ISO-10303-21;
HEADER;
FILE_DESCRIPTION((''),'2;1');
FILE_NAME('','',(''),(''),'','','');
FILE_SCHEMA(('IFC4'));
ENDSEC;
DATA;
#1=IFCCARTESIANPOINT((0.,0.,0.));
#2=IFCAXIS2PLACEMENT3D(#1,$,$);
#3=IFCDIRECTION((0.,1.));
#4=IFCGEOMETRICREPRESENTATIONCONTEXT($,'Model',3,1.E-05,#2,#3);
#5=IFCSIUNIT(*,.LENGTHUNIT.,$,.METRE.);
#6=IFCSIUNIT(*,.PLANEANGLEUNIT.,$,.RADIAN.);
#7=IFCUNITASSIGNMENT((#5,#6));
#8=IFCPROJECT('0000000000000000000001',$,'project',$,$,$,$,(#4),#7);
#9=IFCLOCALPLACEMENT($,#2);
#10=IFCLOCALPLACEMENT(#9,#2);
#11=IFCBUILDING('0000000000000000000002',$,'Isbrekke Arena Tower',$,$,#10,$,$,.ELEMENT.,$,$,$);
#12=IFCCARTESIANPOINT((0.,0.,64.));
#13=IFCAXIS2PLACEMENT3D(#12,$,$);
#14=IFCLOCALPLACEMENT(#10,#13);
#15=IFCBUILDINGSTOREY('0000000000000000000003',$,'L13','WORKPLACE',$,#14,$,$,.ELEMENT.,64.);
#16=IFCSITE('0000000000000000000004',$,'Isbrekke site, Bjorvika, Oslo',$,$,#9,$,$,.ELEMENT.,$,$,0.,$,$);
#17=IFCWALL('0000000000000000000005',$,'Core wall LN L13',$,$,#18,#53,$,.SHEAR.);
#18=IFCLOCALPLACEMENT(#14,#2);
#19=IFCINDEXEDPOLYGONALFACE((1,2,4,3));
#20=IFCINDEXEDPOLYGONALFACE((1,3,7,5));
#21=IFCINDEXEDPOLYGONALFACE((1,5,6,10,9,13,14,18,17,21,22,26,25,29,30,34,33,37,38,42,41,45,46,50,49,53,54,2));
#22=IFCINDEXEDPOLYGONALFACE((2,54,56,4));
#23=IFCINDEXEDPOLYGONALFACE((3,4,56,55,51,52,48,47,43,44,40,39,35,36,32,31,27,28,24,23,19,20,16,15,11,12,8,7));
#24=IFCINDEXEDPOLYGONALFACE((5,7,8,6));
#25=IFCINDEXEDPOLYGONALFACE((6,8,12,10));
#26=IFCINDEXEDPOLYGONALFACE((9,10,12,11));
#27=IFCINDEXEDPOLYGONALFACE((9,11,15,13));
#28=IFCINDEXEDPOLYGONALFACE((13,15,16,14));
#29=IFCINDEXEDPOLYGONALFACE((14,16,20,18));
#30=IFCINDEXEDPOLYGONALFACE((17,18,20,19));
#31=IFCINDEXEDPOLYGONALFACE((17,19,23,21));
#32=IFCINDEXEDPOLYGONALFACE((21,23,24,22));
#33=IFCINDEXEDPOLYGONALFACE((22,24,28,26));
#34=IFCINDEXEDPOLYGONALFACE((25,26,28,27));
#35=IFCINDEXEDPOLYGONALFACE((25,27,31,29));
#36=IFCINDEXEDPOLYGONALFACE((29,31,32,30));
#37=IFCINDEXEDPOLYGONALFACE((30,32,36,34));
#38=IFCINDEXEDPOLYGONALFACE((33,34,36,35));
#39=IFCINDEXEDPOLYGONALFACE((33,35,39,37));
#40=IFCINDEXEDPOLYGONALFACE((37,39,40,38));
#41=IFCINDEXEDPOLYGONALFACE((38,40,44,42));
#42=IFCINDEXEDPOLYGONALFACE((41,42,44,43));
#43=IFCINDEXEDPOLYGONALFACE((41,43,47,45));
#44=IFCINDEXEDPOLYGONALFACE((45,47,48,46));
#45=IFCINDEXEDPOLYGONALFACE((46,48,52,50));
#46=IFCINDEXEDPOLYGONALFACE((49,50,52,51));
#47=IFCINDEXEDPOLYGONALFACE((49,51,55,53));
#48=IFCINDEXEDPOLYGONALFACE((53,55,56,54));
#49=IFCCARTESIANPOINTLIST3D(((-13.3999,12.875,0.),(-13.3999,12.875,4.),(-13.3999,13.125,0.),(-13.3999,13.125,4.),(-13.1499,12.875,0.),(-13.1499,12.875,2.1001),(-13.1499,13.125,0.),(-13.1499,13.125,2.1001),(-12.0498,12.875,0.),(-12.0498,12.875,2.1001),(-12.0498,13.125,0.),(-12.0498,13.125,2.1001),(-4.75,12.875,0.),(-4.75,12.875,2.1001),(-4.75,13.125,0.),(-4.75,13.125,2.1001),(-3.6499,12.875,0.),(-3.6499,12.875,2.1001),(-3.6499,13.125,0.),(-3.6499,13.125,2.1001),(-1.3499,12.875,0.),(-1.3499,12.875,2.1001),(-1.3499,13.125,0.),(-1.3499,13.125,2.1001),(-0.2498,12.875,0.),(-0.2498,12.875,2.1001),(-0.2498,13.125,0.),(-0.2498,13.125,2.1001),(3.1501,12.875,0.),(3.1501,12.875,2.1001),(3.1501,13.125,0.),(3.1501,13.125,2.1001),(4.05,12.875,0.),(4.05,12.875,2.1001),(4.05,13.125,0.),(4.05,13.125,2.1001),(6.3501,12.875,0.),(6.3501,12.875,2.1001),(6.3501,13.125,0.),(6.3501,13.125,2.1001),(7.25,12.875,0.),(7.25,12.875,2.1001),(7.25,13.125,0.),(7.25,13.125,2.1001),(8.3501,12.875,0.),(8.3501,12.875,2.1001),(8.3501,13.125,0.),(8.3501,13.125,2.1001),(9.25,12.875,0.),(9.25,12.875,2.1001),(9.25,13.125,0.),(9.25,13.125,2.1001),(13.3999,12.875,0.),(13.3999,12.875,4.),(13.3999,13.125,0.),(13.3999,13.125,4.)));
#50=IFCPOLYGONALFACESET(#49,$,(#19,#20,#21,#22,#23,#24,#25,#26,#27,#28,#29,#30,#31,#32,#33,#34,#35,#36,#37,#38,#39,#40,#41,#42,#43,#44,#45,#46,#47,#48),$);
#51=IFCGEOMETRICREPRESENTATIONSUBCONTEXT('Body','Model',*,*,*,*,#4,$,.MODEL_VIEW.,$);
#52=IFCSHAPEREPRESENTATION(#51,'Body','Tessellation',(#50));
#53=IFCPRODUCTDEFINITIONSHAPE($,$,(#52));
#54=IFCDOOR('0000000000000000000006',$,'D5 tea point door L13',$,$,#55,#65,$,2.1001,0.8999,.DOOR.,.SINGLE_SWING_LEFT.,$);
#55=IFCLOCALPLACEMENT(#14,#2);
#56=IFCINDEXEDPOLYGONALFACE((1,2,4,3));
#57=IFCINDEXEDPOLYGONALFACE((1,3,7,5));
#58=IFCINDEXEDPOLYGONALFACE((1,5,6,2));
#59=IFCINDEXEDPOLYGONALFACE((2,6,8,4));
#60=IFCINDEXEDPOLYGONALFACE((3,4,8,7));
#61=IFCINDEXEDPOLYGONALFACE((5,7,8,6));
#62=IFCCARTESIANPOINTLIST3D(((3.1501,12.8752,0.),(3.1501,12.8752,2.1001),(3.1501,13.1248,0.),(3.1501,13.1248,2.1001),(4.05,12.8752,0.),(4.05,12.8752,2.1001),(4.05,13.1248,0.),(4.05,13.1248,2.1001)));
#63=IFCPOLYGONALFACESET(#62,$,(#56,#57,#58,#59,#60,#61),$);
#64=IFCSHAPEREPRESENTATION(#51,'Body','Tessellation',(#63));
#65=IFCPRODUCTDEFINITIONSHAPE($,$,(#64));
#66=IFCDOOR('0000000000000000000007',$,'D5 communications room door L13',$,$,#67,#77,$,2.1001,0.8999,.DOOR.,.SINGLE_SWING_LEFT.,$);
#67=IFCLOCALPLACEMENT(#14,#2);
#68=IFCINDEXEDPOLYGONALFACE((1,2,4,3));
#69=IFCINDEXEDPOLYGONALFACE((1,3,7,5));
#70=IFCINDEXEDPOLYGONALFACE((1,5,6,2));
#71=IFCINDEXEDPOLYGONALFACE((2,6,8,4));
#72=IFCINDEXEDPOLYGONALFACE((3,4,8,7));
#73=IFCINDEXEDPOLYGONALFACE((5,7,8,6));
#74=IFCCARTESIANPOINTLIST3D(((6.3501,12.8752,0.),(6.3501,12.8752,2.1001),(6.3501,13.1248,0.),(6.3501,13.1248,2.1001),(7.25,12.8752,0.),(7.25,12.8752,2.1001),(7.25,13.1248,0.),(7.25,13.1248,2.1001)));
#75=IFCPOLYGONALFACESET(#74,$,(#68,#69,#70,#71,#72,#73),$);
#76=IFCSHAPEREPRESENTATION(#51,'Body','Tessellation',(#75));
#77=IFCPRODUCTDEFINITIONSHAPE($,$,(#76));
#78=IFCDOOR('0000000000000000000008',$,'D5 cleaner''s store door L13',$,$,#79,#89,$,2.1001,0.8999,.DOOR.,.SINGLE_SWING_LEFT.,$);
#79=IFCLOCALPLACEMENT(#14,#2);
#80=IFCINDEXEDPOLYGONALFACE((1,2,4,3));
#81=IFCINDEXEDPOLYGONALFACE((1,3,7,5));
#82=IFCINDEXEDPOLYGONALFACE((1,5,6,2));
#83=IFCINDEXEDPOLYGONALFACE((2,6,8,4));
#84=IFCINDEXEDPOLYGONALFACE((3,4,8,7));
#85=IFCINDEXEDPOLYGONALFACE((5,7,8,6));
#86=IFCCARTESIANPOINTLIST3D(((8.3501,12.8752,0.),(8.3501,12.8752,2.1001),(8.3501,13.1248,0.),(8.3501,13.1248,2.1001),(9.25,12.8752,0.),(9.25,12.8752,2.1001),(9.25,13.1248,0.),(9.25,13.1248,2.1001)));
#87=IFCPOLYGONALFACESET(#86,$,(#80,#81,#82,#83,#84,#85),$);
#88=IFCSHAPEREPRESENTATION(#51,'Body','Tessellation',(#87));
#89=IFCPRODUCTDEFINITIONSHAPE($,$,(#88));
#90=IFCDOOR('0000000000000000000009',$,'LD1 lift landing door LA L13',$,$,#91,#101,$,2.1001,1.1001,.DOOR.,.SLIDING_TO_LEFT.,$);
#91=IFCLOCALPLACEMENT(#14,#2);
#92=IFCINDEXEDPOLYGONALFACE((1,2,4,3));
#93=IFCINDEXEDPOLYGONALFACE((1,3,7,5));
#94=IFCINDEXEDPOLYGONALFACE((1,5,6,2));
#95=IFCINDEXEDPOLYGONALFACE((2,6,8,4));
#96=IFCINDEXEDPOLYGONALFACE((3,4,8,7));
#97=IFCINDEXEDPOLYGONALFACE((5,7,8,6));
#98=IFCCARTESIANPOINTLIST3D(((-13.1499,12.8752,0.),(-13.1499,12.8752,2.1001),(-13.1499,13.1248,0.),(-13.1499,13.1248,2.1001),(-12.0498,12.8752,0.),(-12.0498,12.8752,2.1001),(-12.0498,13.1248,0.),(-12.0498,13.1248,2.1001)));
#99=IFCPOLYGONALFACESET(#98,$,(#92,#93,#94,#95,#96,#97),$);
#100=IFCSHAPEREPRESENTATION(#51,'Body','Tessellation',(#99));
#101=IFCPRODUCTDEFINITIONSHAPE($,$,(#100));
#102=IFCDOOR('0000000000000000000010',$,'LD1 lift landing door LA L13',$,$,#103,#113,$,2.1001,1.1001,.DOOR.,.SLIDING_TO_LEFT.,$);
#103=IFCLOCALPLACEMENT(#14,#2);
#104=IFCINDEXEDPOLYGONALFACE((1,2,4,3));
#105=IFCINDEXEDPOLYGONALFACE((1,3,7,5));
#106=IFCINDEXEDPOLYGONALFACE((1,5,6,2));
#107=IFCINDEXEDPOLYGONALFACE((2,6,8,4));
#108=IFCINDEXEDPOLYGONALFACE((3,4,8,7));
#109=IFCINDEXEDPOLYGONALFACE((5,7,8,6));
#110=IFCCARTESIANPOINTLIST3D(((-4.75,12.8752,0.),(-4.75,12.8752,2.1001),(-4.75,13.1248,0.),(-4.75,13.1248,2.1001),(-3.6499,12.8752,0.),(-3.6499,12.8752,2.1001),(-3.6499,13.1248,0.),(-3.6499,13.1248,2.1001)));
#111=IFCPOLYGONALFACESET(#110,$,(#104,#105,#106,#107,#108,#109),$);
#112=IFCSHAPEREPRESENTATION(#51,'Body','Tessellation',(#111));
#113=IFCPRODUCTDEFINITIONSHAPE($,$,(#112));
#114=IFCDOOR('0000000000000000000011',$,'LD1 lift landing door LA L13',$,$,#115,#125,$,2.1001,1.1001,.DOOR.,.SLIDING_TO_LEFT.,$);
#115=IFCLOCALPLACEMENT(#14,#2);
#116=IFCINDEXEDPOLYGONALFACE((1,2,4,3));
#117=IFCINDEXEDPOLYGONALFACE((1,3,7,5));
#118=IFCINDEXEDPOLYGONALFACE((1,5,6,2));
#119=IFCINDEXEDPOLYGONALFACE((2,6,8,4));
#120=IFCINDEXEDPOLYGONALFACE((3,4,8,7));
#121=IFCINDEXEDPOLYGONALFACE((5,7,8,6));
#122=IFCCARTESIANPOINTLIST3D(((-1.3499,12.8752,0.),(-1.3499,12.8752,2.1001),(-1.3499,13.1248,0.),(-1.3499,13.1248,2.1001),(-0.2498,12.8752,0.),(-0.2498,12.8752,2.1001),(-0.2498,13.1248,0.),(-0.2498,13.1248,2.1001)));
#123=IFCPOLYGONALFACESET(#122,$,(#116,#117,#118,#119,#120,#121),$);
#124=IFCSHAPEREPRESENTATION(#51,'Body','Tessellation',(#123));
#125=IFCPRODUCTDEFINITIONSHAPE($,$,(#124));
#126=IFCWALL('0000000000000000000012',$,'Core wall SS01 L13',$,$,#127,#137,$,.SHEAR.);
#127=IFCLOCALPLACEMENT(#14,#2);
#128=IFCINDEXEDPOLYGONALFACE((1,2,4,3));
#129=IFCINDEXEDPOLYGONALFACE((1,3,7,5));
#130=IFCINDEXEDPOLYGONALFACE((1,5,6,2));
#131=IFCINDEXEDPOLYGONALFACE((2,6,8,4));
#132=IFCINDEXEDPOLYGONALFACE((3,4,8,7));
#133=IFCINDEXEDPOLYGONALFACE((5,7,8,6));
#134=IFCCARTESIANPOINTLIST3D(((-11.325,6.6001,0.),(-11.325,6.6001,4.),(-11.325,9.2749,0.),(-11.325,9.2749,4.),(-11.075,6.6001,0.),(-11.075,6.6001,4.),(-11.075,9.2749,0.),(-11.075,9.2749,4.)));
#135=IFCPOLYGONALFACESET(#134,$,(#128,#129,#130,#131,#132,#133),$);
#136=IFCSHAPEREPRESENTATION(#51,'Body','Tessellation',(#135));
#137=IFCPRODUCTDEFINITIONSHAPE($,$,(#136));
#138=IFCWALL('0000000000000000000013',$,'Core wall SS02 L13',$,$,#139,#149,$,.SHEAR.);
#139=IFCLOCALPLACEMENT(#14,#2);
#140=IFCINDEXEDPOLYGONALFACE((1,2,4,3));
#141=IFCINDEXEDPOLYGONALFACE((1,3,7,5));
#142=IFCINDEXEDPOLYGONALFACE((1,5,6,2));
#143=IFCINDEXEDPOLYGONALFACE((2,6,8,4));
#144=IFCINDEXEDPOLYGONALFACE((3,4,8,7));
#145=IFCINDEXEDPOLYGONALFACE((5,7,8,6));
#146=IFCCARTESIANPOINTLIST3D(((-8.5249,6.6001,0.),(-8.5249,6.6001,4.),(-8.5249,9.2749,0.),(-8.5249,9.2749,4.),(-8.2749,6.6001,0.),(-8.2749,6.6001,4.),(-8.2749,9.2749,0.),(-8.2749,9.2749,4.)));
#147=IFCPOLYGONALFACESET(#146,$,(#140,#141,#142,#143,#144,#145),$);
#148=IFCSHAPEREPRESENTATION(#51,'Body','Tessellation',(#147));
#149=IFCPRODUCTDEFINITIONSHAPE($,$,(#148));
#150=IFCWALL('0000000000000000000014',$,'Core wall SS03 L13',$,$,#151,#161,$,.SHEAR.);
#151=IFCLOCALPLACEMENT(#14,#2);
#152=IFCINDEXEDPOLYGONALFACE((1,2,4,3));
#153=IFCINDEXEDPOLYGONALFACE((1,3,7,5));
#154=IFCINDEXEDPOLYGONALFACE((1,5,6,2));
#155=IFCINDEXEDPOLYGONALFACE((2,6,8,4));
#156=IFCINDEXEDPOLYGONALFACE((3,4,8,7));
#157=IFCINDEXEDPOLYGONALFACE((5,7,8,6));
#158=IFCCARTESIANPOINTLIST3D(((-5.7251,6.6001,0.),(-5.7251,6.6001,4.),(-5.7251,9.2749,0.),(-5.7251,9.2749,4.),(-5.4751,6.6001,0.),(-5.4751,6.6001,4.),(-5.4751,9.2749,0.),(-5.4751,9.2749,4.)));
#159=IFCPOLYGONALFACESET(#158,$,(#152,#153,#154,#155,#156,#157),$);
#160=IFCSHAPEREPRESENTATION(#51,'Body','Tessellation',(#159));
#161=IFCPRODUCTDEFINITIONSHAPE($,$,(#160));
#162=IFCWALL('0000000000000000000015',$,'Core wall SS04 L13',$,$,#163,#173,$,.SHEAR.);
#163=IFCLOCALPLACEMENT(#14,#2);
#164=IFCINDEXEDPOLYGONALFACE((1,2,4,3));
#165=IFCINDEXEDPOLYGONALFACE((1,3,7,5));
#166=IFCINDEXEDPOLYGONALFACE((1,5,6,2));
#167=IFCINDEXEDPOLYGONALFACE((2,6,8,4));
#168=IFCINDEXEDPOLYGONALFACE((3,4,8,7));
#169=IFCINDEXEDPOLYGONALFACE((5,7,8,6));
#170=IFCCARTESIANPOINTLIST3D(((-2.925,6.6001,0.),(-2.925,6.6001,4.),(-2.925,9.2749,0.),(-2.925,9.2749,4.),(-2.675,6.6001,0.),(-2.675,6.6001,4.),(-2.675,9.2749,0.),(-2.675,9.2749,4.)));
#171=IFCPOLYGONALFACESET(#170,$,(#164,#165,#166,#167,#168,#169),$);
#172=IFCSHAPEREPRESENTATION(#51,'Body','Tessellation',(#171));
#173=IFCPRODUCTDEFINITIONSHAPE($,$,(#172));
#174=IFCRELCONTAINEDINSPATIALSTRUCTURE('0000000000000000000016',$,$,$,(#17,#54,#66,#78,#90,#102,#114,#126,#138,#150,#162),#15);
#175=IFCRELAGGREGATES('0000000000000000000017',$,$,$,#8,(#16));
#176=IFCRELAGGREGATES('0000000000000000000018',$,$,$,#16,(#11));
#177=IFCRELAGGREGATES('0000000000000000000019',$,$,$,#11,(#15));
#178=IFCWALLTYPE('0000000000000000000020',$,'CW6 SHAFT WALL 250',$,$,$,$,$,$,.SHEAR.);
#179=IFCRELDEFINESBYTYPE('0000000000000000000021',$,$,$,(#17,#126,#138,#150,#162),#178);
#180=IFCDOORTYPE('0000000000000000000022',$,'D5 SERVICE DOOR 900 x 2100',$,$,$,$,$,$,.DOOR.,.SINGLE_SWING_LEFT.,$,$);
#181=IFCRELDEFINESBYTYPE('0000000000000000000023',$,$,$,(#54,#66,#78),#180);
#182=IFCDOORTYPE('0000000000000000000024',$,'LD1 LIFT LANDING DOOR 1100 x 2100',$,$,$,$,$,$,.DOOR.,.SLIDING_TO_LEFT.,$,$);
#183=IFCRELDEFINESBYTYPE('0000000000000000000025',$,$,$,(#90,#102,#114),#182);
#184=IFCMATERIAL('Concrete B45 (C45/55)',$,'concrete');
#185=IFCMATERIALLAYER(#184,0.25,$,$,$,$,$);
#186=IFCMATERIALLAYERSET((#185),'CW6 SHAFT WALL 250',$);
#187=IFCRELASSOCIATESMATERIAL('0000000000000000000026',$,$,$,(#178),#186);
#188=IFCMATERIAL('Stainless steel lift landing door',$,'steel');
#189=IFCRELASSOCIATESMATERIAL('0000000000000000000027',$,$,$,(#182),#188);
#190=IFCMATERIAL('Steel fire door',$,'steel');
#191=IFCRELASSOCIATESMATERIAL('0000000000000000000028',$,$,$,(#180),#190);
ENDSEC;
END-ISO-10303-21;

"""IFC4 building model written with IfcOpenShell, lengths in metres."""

from ifc_helpers import new_model, si_unit, direction, frame, frame_2d, origin, place, context, subcontext, project, spatial, rectangle, extrude, material, layer, layer_set, type_object, element, fill, save


model = new_model("IFC4")

# Units and contexts
model_context = context("Model", 3, precision=1e-05, world=origin(), true_north=direction((0.0, 1.0)))
body_context = subcontext(model_context, "Body", "Model", "MODEL_VIEW")
ifc_project = project(units=[si_unit("LENGTHUNIT", "METRE"), si_unit("PLANEANGLEUNIT", "RADIAN")], contexts=[model_context])

# Site, building, storey
site_placement = place(None, origin())
site = spatial("IfcSite", under=ifc_project, at=site_placement, Name="Isbrekke site, Bjorvika, Oslo", CompositionType="ELEMENT", RefElevation=0.0)
building_placement = place(site_placement, origin())
building = spatial("IfcBuilding", under=site, at=building_placement, Name="Isbrekke Arena Tower", CompositionType="ELEMENT")
storey_placement = place(building_placement, frame((0.0, 0.0, 64.0)))
storey = spatial("IfcBuildingStorey", under=building, at=storey_placement, Name="L13", Description="WORKPLACE", CompositionType="ELEMENT", Elevation=64.0)

# Wall, openings, doors
ifc_material_1 = material(Name="Concrete B45 (C45/55)", Category="concrete")
ifc_layer_1 = layer(ifc_material_1, 0.25)
ifc_layer_set_1 = layer_set([ifc_layer_1], Name="CW6 SHAFT WALL 250")
wall_type_1 = type_object("IfcWallType", Name="CW6 SHAFT WALL 250", PredefinedType="SHEAR", material=ifc_layer_set_1)
ifc_material_2 = material(Name="Stainless steel lift landing door", Category="steel")
door_type_1 = type_object("IfcDoorType", Name="LD1 LIFT LANDING DOOR 1100 x 2100", OperationType="SLIDING_TO_LEFT", PredefinedType="DOOR", material=ifc_material_2)
wall_1_placement = place(storey_placement, frame((-13.3999, 13.0, 0.0), z_axis=(0.0, 0.0, 1.0), x_axis=(1.0, 0.0, 0.0)))
wall_1 = element("IfcWall", 1, at=wall_1_placement, inside=storey, type_object=wall_type_1, Name="Core wall LN L13", PredefinedType="SHEAR", context=body_context, shape_type="SweptSolid", body=[
    extrude(rectangle(XDim=26.7998, YDim=0.25, at=frame_2d((13.3999, 0.0))), origin(), (0.0, 0.0, 1.0), 4.0),
])
opening_1_placement = place(wall_1_placement, frame((0.25, 0.0, 0.0)))
opening_1 = element("IfcOpeningElement", 2, at=opening_1_placement, cuts=wall_1, PredefinedType="OPENING", context=body_context, shape_type="SweptSolid", body=[
    extrude(rectangle(XDim=1.1001, YDim=2.1001, at=frame_2d((0.55, 1.05))), frame((0.0, 0.1399, 0.0), z_axis=(0.0, -1.0, 0.0), x_axis=(1.0, 0.0, 0.0)), (0.0, 0.0, 1.0), 0.2798),
])
opening_2_placement = place(wall_1_placement, frame((8.6499, 0.0, 0.0)))
opening_2 = element("IfcOpeningElement", 3, at=opening_2_placement, cuts=wall_1, PredefinedType="OPENING", context=body_context, shape_type="SweptSolid", body=[
    extrude(rectangle(XDim=1.1001, YDim=2.1001, at=frame_2d((0.55, 1.05))), frame((0.0, 0.1399, 0.0), z_axis=(0.0, -1.0, 0.0), x_axis=(1.0, 0.0, 0.0)), (0.0, 0.0, 1.0), 0.2798),
])
opening_3_placement = place(wall_1_placement, frame((12.05, 0.0, 0.0)))
opening_3 = element("IfcOpeningElement", 4, at=opening_3_placement, cuts=wall_1, PredefinedType="OPENING", context=body_context, shape_type="SweptSolid", body=[
    extrude(rectangle(XDim=1.1001, YDim=2.1001, at=frame_2d((0.55, 1.05))), frame((0.0, 0.1399, 0.0), z_axis=(0.0, -1.0, 0.0), x_axis=(1.0, 0.0, 0.0)), (0.0, 0.0, 1.0), 0.2798),
])
opening_4_placement = place(wall_1_placement, frame((16.55, 0.0, 0.0)))
opening_4 = element("IfcOpeningElement", 5, at=opening_4_placement, cuts=wall_1, PredefinedType="OPENING", context=body_context, shape_type="SweptSolid", body=[
    extrude(rectangle(XDim=0.8999, YDim=2.1001, at=frame_2d((0.45, 1.05))), frame((0.0, 0.1399, 0.0), z_axis=(0.0, -1.0, 0.0), x_axis=(1.0, 0.0, 0.0)), (0.0, 0.0, 1.0), 0.2798),
])
opening_5_placement = place(wall_1_placement, frame((19.75, 0.0, 0.0)))
opening_5 = element("IfcOpeningElement", 6, at=opening_5_placement, cuts=wall_1, PredefinedType="OPENING", context=body_context, shape_type="SweptSolid", body=[
    extrude(rectangle(XDim=0.8999, YDim=2.1001, at=frame_2d((0.45, 1.05))), frame((0.0, 0.1399, 0.0), z_axis=(0.0, -1.0, 0.0), x_axis=(1.0, 0.0, 0.0)), (0.0, 0.0, 1.0), 0.2798),
])
opening_6_placement = place(wall_1_placement, frame((21.75, 0.0, 0.0)))
opening_6 = element("IfcOpeningElement", 7, at=opening_6_placement, cuts=wall_1, PredefinedType="OPENING", context=body_context, shape_type="SweptSolid", body=[
    extrude(rectangle(XDim=0.8999, YDim=2.1001, at=frame_2d((0.45, 1.05))), frame((0.0, 0.1399, 0.0), z_axis=(0.0, -1.0, 0.0), x_axis=(1.0, 0.0, 0.0)), (0.0, 0.0, 1.0), 0.2798),
])
ifc_material_3 = material(Name="Steel fire door", Category="steel")
door_type_2 = type_object("IfcDoorType", Name="D5 SERVICE DOOR 900 x 2100", OperationType="SINGLE_SWING_LEFT", PredefinedType="DOOR", material=ifc_material_3)
door_1_placement = place(opening_4_placement, origin())
door_1 = element("IfcDoor", 8, at=door_1_placement, inside=storey, type_object=door_type_2, Name="D5 tea point door L13", OperationType="SINGLE_SWING_LEFT", OverallHeight=2.1001, OverallWidth=0.8999, PredefinedType="DOOR", context=body_context, shape_type="SweptSolid", body=[
    extrude(rectangle(XDim=0.8999, YDim=2.1001, at=frame_2d((0.45, 1.05))), frame((0.0, 0.1248, 0.0), z_axis=(0.0, -1.0, 0.0), x_axis=(1.0, 0.0, 0.0)), (0.0, 0.0, 1.0), 0.2495),
])
fill(opening_4, door_1)
door_2_placement = place(opening_5_placement, origin())
door_2 = element("IfcDoor", 9, at=door_2_placement, inside=storey, type_object=door_type_2, Name="D5 communications room door L13", OperationType="SINGLE_SWING_LEFT", OverallHeight=2.1001, OverallWidth=0.8999, PredefinedType="DOOR", context=body_context, shape_type="SweptSolid", body=[
    extrude(rectangle(XDim=0.8999, YDim=2.1001, at=frame_2d((0.45, 1.05))), frame((0.0, 0.1248, 0.0), z_axis=(0.0, -1.0, 0.0), x_axis=(1.0, 0.0, 0.0)), (0.0, 0.0, 1.0), 0.2495),
])
fill(opening_5, door_2)
door_3_placement = place(opening_6_placement, origin())
door_3 = element("IfcDoor", 10, at=door_3_placement, inside=storey, type_object=door_type_2, Name="D5 cleaner's store door L13", OperationType="SINGLE_SWING_LEFT", OverallHeight=2.1001, OverallWidth=0.8999, PredefinedType="DOOR", context=body_context, shape_type="SweptSolid", body=[
    extrude(rectangle(XDim=0.8999, YDim=2.1001, at=frame_2d((0.45, 1.05))), frame((0.0, 0.1248, 0.0), z_axis=(0.0, -1.0, 0.0), x_axis=(1.0, 0.0, 0.0)), (0.0, 0.0, 1.0), 0.2495),
])
fill(opening_6, door_3)
door_4_placement = place(opening_1_placement, origin())
door_4 = element("IfcDoor", 11, at=door_4_placement, inside=storey, type_object=door_type_1, Name="LD1 lift landing door LA L13", OperationType="SLIDING_TO_LEFT", OverallHeight=2.1001, OverallWidth=1.1001, PredefinedType="DOOR", context=body_context, shape_type="SweptSolid", body=[
    extrude(rectangle(XDim=1.1001, YDim=2.1001, at=frame_2d((0.55, 1.05))), frame((0.0, 0.1248, 0.0), z_axis=(0.0, -1.0, 0.0), x_axis=(1.0, 0.0, 0.0)), (0.0, 0.0, 1.0), 0.2495),
])
fill(opening_1, door_4)
door_5_placement = place(opening_2_placement, origin())
door_5 = element("IfcDoor", 12, at=door_5_placement, inside=storey, type_object=door_type_1, Name="LD1 lift landing door LA L13", OperationType="SLIDING_TO_LEFT", OverallHeight=2.1001, OverallWidth=1.1001, PredefinedType="DOOR", context=body_context, shape_type="SweptSolid", body=[
    extrude(rectangle(XDim=1.1001, YDim=2.1001, at=frame_2d((0.55, 1.05))), frame((0.0, 0.1248, 0.0), z_axis=(0.0, -1.0, 0.0), x_axis=(1.0, 0.0, 0.0)), (0.0, 0.0, 1.0), 0.2495),
])
fill(opening_2, door_5)
door_6_placement = place(opening_3_placement, origin())
door_6 = element("IfcDoor", 13, at=door_6_placement, inside=storey, type_object=door_type_1, Name="LD1 lift landing door LA L13", OperationType="SLIDING_TO_LEFT", OverallHeight=2.1001, OverallWidth=1.1001, PredefinedType="DOOR", context=body_context, shape_type="SweptSolid", body=[
    extrude(rectangle(XDim=1.1001, YDim=2.1001, at=frame_2d((0.55, 1.05))), frame((0.0, 0.1248, 0.0), z_axis=(0.0, -1.0, 0.0), x_axis=(1.0, 0.0, 0.0)), (0.0, 0.0, 1.0), 0.2495),
])
fill(opening_3, door_6)

# Walls
for number, where, z_axis, x_axis, name in (
    (14, (-11.2, 6.6001, 0.0), (0.0, 0.0, 1.0), (0.0, 1.0, 0.0), "Core wall SS01 L13"),
    (15, (-8.3999, 6.6001, 0.0), (0.0, 0.0, 1.0), (0.0, 1.0, 0.0), "Core wall SS02 L13"),
    (16, (-5.6001, 6.6001, 0.0), (0.0, 0.0, 1.0), (0.0, 1.0, 0.0), "Core wall SS03 L13"),
    (17, (-2.8, 6.6001, 0.0), (0.0, 0.0, 1.0), (0.0, 1.0, 0.0), "Core wall SS04 L13"),
):
    element("IfcWall", number, at=place(storey_placement, frame(where, z_axis=z_axis, x_axis=x_axis)), inside=storey, type_object=wall_type_1, Name=name, PredefinedType="SHEAR", context=body_context, shape_type="SweptSolid", body=[
        extrude(rectangle(XDim=2.6748, YDim=0.25, at=frame_2d((1.3374, 0.0))), origin(), (0.0, 0.0, 1.0), 4.0),
    ])

save(model, "model.ifc")
